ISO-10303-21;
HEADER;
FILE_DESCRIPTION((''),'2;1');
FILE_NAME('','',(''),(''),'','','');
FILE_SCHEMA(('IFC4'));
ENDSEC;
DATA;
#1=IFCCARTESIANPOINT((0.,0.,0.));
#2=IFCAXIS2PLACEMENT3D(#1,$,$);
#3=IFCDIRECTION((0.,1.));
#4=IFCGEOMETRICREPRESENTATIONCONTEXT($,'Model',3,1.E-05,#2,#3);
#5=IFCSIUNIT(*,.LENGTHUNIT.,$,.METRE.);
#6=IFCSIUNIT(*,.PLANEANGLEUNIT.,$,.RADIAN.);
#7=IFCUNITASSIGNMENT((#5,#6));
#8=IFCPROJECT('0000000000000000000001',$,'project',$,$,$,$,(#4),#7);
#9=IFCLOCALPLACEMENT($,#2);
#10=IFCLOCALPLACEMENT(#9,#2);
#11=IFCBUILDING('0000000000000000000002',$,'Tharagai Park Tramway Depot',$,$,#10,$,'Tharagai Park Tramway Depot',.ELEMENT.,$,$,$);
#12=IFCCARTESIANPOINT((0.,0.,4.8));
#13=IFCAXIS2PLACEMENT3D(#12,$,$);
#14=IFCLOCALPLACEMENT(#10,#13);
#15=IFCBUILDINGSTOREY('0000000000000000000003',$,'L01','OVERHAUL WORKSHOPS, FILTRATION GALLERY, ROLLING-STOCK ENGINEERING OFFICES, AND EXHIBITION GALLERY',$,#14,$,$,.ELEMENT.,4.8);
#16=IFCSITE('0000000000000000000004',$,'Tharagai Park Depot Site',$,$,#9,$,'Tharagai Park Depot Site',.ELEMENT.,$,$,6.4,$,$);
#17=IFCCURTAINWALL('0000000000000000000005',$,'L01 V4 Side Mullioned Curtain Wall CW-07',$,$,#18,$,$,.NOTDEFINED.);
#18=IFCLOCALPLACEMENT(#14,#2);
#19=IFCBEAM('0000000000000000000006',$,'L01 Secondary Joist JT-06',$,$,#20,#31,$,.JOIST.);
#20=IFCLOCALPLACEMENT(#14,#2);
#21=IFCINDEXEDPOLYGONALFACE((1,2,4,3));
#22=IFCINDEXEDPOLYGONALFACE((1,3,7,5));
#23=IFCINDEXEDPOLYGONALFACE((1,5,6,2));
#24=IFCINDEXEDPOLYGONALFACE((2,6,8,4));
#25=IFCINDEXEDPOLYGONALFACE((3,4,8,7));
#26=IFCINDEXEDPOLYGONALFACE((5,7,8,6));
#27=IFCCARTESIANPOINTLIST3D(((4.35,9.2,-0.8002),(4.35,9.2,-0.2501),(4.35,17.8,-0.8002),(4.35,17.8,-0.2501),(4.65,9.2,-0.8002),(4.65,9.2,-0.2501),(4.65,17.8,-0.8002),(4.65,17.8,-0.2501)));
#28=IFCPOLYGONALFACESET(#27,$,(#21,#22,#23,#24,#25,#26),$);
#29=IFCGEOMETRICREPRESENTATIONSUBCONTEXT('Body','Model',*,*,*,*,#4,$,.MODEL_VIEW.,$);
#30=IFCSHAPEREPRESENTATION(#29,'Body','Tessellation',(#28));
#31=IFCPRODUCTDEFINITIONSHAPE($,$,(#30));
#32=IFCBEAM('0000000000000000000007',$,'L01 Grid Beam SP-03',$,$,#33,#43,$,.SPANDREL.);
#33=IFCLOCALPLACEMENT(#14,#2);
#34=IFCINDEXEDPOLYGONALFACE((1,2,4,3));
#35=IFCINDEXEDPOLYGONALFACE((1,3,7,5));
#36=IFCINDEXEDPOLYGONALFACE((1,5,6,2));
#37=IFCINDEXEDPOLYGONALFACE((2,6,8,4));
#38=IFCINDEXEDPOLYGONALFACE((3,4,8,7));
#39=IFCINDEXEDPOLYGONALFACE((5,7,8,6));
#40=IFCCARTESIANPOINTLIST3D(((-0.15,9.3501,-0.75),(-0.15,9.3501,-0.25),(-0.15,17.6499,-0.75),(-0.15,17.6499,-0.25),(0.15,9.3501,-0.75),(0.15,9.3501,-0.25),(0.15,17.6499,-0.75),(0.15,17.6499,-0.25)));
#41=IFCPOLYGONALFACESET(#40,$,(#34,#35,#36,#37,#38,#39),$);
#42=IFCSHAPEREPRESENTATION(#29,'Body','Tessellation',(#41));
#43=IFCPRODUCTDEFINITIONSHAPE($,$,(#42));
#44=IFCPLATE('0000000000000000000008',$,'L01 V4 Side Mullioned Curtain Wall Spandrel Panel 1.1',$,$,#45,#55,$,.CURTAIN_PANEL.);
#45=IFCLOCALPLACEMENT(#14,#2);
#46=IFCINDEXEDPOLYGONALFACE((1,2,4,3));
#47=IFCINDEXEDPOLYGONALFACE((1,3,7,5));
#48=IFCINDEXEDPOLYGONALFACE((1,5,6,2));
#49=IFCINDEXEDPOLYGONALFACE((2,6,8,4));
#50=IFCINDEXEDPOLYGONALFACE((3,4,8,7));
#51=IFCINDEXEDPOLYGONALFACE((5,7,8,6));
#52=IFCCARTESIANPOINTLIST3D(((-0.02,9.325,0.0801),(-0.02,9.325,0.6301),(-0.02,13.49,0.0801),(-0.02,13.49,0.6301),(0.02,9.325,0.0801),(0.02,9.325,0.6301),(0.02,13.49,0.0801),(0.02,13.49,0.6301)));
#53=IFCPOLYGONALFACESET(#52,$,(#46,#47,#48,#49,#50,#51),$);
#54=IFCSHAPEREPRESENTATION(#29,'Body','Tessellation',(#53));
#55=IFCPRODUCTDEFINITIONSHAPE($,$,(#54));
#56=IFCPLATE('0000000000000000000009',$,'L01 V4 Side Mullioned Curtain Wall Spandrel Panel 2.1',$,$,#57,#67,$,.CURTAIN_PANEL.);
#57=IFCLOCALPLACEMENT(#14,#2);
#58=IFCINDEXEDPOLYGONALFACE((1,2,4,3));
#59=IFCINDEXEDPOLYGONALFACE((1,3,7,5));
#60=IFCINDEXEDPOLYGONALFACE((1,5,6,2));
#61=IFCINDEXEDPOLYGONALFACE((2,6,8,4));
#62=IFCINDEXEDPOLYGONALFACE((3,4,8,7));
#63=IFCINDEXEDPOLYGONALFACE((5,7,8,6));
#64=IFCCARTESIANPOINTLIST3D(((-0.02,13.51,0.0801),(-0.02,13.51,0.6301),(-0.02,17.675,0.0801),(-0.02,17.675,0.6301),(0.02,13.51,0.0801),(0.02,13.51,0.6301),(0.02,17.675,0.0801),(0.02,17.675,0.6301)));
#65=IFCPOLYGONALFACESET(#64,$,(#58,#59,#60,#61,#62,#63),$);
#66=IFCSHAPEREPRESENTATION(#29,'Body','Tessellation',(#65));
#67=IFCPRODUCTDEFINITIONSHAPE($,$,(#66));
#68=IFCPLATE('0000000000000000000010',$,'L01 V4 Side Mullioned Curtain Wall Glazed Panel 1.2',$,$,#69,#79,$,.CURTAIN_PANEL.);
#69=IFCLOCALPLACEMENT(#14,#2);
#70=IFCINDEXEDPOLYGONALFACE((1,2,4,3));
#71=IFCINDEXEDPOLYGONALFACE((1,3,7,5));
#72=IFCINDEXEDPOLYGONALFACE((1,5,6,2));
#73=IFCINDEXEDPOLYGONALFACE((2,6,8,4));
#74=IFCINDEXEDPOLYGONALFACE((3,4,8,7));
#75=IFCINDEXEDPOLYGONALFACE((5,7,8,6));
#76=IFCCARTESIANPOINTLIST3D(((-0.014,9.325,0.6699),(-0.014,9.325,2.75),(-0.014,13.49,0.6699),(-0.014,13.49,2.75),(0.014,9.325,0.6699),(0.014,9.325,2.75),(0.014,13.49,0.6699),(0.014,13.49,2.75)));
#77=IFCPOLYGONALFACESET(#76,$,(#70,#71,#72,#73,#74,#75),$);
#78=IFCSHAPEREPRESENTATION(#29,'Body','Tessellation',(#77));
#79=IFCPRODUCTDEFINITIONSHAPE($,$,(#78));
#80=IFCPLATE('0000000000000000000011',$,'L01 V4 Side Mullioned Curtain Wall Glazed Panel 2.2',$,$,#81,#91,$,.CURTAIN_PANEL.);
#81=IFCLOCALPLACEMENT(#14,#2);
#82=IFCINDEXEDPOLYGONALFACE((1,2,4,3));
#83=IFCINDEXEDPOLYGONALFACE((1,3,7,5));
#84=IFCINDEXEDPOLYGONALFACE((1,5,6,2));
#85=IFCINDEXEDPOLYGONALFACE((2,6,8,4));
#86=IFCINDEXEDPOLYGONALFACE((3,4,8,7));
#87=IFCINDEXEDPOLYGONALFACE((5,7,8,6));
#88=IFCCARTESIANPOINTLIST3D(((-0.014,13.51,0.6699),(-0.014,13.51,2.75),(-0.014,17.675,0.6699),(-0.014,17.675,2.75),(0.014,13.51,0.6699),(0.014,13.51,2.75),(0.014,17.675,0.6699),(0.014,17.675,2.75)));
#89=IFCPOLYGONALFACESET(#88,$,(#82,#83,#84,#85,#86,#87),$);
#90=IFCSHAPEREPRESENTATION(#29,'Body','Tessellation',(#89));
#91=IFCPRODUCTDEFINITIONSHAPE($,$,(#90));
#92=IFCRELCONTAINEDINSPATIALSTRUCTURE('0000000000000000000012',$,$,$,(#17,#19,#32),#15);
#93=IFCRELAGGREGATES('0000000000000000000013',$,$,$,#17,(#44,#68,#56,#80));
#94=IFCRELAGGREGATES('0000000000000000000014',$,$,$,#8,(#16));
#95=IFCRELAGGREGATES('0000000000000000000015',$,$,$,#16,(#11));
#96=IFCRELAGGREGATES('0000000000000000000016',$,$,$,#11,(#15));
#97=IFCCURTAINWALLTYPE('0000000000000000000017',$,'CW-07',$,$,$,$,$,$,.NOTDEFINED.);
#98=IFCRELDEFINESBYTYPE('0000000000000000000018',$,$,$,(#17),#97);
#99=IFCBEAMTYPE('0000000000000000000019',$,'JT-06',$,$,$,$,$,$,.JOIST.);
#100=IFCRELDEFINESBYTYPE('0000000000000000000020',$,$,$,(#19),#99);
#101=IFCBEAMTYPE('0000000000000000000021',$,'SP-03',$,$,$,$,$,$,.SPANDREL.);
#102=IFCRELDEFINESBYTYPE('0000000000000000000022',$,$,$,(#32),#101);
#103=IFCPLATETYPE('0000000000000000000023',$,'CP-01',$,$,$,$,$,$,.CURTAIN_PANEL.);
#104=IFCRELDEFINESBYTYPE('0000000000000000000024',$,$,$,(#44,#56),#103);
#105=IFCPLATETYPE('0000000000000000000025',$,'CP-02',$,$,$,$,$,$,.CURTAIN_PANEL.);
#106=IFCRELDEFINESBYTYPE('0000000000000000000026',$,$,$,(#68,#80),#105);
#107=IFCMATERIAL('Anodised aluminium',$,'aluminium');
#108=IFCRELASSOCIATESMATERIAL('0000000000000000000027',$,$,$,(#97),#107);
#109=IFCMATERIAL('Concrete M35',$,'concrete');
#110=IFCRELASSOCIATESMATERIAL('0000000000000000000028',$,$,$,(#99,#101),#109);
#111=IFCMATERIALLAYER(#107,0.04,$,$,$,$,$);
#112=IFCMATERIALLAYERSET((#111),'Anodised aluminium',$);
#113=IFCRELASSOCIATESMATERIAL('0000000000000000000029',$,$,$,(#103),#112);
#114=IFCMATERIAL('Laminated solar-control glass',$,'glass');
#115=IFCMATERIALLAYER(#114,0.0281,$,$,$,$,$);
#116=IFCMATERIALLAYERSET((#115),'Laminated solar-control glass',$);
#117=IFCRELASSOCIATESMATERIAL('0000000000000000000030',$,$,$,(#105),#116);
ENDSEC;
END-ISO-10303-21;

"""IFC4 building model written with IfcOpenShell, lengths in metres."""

from ifc_helpers import new_model, si_unit, direction, frame, origin, origin_2d, place, context, subcontext, project, spatial, rectangle, extrude, material, layer, layer_set, material_profile, profile_set, type_object, element, aggregate, save


model = new_model("IFC4")

# Units and contexts
model_context = context("Model", 3, precision=1e-05, world=origin(), true_north=direction((0.0, 1.0)))
body_context = subcontext(model_context, "Body", "Model", "MODEL_VIEW")
ifc_project = project(units=[si_unit("LENGTHUNIT", "METRE"), si_unit("PLANEANGLEUNIT", "RADIAN")], contexts=[model_context])

# Site, building, storey
site_placement = place(None, origin())
site = spatial("IfcSite", under=ifc_project, at=site_placement, Name="Tharagai Park Depot Site", LongName="Tharagai Park Depot Site", CompositionType="ELEMENT", RefElevation=6.4)
building_placement = place(site_placement, origin())
building = spatial("IfcBuilding", under=site, at=building_placement, Name="Tharagai Park Tramway Depot", LongName="Tharagai Park Tramway Depot", CompositionType="ELEMENT")
storey_placement = place(building_placement, frame((0.0, 0.0, 4.8)))
storey = spatial("IfcBuildingStorey", under=building, at=storey_placement, Name="L01", Description="OVERHAUL WORKSHOPS, FILTRATION GALLERY, ROLLING-STOCK ENGINEERING OFFICES, AND EXHIBITION GALLERY", CompositionType="ELEMENT", Elevation=4.8)

# Shared definitions
ifc_material_1 = material(Name="Concrete M35", Category="concrete")

# Curtain wall
ifc_material_2 = material(Name="Anodised aluminium", Category="aluminium")
curtain_wall_type = type_object("IfcCurtainWallType", Name="CW-07", PredefinedType="NOTDEFINED", material=ifc_material_2)
curtain_wall_placement = place(storey_placement, origin())
curtain_wall = element("IfcCurtainWall", 1, at=curtain_wall_placement, inside=storey, type_object=curtain_wall_type, Name="L01 V4 Side Mullioned Curtain Wall CW-07", PredefinedType="NOTDEFINED")

# Beams
ifc_material_profile_1 = material_profile(ifc_material_1, rectangle(XDim=0.3, YDim=0.55, at=origin_2d()), Name="RC 300x550")
ifc_profile_set_1 = profile_set([ifc_material_profile_1], Name="Concrete M35")
beam_type_1 = type_object("IfcBeamType", Name="JT-06", PredefinedType="JOIST", material=ifc_profile_set_1)
beam_1_placement = place(storey_placement, frame((4.5, 9.2, -0.5251), z_axis=(0.0, 1.0, 0.0), x_axis=(-1.0, 0.0, 0.0)))
element("IfcBeam", 2, at=beam_1_placement, inside=storey, type_object=beam_type_1, Name="L01 Secondary Joist JT-06", PredefinedType="JOIST", context=body_context, shape_type="SweptSolid", body=[
    extrude(rectangle(XDim=0.3, YDim=0.55, at=origin_2d()), origin(), (0.0, 0.0, 1.0), 8.6001),
])
ifc_material_profile_2 = material_profile(ifc_material_1, rectangle(XDim=0.3, YDim=0.5, at=origin_2d()), Name="RC 300x500")
ifc_profile_set_2 = profile_set([ifc_material_profile_2], Name="Concrete M35")
beam_type_2 = type_object("IfcBeamType", Name="SP-03", PredefinedType="SPANDREL", material=ifc_profile_set_2)
beam_2_placement = place(storey_placement, frame((0.0, 9.3501, -0.5), z_axis=(0.0, 1.0, 0.0), x_axis=(-1.0, 0.0, 0.0)))
element("IfcBeam", 3, at=beam_2_placement, inside=storey, type_object=beam_type_2, Name="L01 Grid Beam SP-03", PredefinedType="SPANDREL", context=body_context, shape_type="SweptSolid", body=[
    extrude(rectangle(XDim=0.3, YDim=0.5, at=origin_2d()), origin(), (0.0, 0.0, 1.0), 8.2998),
])

# Plates
ifc_layer_1 = layer(ifc_material_2, 0.04)
ifc_layer_set_1 = layer_set([ifc_layer_1], Name="Anodised aluminium")
plate_type_1 = type_object("IfcPlateType", Name="CP-01", PredefinedType="CURTAIN_PANEL", material=ifc_layer_set_1)
plate_1_placement = place(storey_placement, frame((0.0, 11.4075, 0.0801), z_axis=(0.0, 0.0, 1.0), x_axis=(0.0, 1.0, 0.0)))
plate_1 = element("IfcPlate", 4, at=plate_1_placement, type_object=plate_type_1, Name="L01 V4 Side Mullioned Curtain Wall Spandrel Panel 1.1", PredefinedType="CURTAIN_PANEL", context=body_context, shape_type="SweptSolid", body=[
    extrude(rectangle(XDim=4.165, YDim=0.04, at=origin_2d()), origin(), (0.0, 0.0, 1.0), 0.55),
])
plate_2_placement = place(storey_placement, frame((0.0, 15.5925, 0.0801), z_axis=(0.0, 0.0, 1.0), x_axis=(0.0, 1.0, 0.0)))
plate_2 = element("IfcPlate", 5, at=plate_2_placement, type_object=plate_type_1, Name="L01 V4 Side Mullioned Curtain Wall Spandrel Panel 2.1", PredefinedType="CURTAIN_PANEL", context=body_context, shape_type="SweptSolid", body=[
    extrude(rectangle(XDim=4.165, YDim=0.04, at=origin_2d()), origin(), (0.0, 0.0, 1.0), 0.55),
])
ifc_material_3 = material(Name="Laminated solar-control glass", Category="glass")
ifc_layer_2 = layer(ifc_material_3, 0.0281)
ifc_layer_set_2 = layer_set([ifc_layer_2], Name="Laminated solar-control glass")
plate_type_2 = type_object("IfcPlateType", Name="CP-02", PredefinedType="CURTAIN_PANEL", material=ifc_layer_set_2)
plate_3_placement = place(storey_placement, frame((0.0, 11.4075, 0.6699), z_axis=(0.0, 0.0, 1.0), x_axis=(0.0, 1.0, 0.0)))
plate_3 = element("IfcPlate", 6, at=plate_3_placement, type_object=plate_type_2, Name="L01 V4 Side Mullioned Curtain Wall Glazed Panel 1.2", PredefinedType="CURTAIN_PANEL", context=body_context, shape_type="SweptSolid", body=[
    extrude(rectangle(XDim=4.165, YDim=0.0281, at=origin_2d()), origin(), (0.0, 0.0, 1.0), 2.0801),
])
plate_4_placement = place(storey_placement, frame((0.0, 15.5925, 0.6699), z_axis=(0.0, 0.0, 1.0), x_axis=(0.0, 1.0, 0.0)))
plate_4 = element("IfcPlate", 7, at=plate_4_placement, type_object=plate_type_2, Name="L01 V4 Side Mullioned Curtain Wall Glazed Panel 2.2", PredefinedType="CURTAIN_PANEL", context=body_context, shape_type="SweptSolid", body=[
    extrude(rectangle(XDim=4.165, YDim=0.0281, at=origin_2d()), origin(), (0.0, 0.0, 1.0), 2.0801),
])
aggregate(curtain_wall, [plate_1, plate_3, plate_2, plate_4])

save(model, "model.ifc")
